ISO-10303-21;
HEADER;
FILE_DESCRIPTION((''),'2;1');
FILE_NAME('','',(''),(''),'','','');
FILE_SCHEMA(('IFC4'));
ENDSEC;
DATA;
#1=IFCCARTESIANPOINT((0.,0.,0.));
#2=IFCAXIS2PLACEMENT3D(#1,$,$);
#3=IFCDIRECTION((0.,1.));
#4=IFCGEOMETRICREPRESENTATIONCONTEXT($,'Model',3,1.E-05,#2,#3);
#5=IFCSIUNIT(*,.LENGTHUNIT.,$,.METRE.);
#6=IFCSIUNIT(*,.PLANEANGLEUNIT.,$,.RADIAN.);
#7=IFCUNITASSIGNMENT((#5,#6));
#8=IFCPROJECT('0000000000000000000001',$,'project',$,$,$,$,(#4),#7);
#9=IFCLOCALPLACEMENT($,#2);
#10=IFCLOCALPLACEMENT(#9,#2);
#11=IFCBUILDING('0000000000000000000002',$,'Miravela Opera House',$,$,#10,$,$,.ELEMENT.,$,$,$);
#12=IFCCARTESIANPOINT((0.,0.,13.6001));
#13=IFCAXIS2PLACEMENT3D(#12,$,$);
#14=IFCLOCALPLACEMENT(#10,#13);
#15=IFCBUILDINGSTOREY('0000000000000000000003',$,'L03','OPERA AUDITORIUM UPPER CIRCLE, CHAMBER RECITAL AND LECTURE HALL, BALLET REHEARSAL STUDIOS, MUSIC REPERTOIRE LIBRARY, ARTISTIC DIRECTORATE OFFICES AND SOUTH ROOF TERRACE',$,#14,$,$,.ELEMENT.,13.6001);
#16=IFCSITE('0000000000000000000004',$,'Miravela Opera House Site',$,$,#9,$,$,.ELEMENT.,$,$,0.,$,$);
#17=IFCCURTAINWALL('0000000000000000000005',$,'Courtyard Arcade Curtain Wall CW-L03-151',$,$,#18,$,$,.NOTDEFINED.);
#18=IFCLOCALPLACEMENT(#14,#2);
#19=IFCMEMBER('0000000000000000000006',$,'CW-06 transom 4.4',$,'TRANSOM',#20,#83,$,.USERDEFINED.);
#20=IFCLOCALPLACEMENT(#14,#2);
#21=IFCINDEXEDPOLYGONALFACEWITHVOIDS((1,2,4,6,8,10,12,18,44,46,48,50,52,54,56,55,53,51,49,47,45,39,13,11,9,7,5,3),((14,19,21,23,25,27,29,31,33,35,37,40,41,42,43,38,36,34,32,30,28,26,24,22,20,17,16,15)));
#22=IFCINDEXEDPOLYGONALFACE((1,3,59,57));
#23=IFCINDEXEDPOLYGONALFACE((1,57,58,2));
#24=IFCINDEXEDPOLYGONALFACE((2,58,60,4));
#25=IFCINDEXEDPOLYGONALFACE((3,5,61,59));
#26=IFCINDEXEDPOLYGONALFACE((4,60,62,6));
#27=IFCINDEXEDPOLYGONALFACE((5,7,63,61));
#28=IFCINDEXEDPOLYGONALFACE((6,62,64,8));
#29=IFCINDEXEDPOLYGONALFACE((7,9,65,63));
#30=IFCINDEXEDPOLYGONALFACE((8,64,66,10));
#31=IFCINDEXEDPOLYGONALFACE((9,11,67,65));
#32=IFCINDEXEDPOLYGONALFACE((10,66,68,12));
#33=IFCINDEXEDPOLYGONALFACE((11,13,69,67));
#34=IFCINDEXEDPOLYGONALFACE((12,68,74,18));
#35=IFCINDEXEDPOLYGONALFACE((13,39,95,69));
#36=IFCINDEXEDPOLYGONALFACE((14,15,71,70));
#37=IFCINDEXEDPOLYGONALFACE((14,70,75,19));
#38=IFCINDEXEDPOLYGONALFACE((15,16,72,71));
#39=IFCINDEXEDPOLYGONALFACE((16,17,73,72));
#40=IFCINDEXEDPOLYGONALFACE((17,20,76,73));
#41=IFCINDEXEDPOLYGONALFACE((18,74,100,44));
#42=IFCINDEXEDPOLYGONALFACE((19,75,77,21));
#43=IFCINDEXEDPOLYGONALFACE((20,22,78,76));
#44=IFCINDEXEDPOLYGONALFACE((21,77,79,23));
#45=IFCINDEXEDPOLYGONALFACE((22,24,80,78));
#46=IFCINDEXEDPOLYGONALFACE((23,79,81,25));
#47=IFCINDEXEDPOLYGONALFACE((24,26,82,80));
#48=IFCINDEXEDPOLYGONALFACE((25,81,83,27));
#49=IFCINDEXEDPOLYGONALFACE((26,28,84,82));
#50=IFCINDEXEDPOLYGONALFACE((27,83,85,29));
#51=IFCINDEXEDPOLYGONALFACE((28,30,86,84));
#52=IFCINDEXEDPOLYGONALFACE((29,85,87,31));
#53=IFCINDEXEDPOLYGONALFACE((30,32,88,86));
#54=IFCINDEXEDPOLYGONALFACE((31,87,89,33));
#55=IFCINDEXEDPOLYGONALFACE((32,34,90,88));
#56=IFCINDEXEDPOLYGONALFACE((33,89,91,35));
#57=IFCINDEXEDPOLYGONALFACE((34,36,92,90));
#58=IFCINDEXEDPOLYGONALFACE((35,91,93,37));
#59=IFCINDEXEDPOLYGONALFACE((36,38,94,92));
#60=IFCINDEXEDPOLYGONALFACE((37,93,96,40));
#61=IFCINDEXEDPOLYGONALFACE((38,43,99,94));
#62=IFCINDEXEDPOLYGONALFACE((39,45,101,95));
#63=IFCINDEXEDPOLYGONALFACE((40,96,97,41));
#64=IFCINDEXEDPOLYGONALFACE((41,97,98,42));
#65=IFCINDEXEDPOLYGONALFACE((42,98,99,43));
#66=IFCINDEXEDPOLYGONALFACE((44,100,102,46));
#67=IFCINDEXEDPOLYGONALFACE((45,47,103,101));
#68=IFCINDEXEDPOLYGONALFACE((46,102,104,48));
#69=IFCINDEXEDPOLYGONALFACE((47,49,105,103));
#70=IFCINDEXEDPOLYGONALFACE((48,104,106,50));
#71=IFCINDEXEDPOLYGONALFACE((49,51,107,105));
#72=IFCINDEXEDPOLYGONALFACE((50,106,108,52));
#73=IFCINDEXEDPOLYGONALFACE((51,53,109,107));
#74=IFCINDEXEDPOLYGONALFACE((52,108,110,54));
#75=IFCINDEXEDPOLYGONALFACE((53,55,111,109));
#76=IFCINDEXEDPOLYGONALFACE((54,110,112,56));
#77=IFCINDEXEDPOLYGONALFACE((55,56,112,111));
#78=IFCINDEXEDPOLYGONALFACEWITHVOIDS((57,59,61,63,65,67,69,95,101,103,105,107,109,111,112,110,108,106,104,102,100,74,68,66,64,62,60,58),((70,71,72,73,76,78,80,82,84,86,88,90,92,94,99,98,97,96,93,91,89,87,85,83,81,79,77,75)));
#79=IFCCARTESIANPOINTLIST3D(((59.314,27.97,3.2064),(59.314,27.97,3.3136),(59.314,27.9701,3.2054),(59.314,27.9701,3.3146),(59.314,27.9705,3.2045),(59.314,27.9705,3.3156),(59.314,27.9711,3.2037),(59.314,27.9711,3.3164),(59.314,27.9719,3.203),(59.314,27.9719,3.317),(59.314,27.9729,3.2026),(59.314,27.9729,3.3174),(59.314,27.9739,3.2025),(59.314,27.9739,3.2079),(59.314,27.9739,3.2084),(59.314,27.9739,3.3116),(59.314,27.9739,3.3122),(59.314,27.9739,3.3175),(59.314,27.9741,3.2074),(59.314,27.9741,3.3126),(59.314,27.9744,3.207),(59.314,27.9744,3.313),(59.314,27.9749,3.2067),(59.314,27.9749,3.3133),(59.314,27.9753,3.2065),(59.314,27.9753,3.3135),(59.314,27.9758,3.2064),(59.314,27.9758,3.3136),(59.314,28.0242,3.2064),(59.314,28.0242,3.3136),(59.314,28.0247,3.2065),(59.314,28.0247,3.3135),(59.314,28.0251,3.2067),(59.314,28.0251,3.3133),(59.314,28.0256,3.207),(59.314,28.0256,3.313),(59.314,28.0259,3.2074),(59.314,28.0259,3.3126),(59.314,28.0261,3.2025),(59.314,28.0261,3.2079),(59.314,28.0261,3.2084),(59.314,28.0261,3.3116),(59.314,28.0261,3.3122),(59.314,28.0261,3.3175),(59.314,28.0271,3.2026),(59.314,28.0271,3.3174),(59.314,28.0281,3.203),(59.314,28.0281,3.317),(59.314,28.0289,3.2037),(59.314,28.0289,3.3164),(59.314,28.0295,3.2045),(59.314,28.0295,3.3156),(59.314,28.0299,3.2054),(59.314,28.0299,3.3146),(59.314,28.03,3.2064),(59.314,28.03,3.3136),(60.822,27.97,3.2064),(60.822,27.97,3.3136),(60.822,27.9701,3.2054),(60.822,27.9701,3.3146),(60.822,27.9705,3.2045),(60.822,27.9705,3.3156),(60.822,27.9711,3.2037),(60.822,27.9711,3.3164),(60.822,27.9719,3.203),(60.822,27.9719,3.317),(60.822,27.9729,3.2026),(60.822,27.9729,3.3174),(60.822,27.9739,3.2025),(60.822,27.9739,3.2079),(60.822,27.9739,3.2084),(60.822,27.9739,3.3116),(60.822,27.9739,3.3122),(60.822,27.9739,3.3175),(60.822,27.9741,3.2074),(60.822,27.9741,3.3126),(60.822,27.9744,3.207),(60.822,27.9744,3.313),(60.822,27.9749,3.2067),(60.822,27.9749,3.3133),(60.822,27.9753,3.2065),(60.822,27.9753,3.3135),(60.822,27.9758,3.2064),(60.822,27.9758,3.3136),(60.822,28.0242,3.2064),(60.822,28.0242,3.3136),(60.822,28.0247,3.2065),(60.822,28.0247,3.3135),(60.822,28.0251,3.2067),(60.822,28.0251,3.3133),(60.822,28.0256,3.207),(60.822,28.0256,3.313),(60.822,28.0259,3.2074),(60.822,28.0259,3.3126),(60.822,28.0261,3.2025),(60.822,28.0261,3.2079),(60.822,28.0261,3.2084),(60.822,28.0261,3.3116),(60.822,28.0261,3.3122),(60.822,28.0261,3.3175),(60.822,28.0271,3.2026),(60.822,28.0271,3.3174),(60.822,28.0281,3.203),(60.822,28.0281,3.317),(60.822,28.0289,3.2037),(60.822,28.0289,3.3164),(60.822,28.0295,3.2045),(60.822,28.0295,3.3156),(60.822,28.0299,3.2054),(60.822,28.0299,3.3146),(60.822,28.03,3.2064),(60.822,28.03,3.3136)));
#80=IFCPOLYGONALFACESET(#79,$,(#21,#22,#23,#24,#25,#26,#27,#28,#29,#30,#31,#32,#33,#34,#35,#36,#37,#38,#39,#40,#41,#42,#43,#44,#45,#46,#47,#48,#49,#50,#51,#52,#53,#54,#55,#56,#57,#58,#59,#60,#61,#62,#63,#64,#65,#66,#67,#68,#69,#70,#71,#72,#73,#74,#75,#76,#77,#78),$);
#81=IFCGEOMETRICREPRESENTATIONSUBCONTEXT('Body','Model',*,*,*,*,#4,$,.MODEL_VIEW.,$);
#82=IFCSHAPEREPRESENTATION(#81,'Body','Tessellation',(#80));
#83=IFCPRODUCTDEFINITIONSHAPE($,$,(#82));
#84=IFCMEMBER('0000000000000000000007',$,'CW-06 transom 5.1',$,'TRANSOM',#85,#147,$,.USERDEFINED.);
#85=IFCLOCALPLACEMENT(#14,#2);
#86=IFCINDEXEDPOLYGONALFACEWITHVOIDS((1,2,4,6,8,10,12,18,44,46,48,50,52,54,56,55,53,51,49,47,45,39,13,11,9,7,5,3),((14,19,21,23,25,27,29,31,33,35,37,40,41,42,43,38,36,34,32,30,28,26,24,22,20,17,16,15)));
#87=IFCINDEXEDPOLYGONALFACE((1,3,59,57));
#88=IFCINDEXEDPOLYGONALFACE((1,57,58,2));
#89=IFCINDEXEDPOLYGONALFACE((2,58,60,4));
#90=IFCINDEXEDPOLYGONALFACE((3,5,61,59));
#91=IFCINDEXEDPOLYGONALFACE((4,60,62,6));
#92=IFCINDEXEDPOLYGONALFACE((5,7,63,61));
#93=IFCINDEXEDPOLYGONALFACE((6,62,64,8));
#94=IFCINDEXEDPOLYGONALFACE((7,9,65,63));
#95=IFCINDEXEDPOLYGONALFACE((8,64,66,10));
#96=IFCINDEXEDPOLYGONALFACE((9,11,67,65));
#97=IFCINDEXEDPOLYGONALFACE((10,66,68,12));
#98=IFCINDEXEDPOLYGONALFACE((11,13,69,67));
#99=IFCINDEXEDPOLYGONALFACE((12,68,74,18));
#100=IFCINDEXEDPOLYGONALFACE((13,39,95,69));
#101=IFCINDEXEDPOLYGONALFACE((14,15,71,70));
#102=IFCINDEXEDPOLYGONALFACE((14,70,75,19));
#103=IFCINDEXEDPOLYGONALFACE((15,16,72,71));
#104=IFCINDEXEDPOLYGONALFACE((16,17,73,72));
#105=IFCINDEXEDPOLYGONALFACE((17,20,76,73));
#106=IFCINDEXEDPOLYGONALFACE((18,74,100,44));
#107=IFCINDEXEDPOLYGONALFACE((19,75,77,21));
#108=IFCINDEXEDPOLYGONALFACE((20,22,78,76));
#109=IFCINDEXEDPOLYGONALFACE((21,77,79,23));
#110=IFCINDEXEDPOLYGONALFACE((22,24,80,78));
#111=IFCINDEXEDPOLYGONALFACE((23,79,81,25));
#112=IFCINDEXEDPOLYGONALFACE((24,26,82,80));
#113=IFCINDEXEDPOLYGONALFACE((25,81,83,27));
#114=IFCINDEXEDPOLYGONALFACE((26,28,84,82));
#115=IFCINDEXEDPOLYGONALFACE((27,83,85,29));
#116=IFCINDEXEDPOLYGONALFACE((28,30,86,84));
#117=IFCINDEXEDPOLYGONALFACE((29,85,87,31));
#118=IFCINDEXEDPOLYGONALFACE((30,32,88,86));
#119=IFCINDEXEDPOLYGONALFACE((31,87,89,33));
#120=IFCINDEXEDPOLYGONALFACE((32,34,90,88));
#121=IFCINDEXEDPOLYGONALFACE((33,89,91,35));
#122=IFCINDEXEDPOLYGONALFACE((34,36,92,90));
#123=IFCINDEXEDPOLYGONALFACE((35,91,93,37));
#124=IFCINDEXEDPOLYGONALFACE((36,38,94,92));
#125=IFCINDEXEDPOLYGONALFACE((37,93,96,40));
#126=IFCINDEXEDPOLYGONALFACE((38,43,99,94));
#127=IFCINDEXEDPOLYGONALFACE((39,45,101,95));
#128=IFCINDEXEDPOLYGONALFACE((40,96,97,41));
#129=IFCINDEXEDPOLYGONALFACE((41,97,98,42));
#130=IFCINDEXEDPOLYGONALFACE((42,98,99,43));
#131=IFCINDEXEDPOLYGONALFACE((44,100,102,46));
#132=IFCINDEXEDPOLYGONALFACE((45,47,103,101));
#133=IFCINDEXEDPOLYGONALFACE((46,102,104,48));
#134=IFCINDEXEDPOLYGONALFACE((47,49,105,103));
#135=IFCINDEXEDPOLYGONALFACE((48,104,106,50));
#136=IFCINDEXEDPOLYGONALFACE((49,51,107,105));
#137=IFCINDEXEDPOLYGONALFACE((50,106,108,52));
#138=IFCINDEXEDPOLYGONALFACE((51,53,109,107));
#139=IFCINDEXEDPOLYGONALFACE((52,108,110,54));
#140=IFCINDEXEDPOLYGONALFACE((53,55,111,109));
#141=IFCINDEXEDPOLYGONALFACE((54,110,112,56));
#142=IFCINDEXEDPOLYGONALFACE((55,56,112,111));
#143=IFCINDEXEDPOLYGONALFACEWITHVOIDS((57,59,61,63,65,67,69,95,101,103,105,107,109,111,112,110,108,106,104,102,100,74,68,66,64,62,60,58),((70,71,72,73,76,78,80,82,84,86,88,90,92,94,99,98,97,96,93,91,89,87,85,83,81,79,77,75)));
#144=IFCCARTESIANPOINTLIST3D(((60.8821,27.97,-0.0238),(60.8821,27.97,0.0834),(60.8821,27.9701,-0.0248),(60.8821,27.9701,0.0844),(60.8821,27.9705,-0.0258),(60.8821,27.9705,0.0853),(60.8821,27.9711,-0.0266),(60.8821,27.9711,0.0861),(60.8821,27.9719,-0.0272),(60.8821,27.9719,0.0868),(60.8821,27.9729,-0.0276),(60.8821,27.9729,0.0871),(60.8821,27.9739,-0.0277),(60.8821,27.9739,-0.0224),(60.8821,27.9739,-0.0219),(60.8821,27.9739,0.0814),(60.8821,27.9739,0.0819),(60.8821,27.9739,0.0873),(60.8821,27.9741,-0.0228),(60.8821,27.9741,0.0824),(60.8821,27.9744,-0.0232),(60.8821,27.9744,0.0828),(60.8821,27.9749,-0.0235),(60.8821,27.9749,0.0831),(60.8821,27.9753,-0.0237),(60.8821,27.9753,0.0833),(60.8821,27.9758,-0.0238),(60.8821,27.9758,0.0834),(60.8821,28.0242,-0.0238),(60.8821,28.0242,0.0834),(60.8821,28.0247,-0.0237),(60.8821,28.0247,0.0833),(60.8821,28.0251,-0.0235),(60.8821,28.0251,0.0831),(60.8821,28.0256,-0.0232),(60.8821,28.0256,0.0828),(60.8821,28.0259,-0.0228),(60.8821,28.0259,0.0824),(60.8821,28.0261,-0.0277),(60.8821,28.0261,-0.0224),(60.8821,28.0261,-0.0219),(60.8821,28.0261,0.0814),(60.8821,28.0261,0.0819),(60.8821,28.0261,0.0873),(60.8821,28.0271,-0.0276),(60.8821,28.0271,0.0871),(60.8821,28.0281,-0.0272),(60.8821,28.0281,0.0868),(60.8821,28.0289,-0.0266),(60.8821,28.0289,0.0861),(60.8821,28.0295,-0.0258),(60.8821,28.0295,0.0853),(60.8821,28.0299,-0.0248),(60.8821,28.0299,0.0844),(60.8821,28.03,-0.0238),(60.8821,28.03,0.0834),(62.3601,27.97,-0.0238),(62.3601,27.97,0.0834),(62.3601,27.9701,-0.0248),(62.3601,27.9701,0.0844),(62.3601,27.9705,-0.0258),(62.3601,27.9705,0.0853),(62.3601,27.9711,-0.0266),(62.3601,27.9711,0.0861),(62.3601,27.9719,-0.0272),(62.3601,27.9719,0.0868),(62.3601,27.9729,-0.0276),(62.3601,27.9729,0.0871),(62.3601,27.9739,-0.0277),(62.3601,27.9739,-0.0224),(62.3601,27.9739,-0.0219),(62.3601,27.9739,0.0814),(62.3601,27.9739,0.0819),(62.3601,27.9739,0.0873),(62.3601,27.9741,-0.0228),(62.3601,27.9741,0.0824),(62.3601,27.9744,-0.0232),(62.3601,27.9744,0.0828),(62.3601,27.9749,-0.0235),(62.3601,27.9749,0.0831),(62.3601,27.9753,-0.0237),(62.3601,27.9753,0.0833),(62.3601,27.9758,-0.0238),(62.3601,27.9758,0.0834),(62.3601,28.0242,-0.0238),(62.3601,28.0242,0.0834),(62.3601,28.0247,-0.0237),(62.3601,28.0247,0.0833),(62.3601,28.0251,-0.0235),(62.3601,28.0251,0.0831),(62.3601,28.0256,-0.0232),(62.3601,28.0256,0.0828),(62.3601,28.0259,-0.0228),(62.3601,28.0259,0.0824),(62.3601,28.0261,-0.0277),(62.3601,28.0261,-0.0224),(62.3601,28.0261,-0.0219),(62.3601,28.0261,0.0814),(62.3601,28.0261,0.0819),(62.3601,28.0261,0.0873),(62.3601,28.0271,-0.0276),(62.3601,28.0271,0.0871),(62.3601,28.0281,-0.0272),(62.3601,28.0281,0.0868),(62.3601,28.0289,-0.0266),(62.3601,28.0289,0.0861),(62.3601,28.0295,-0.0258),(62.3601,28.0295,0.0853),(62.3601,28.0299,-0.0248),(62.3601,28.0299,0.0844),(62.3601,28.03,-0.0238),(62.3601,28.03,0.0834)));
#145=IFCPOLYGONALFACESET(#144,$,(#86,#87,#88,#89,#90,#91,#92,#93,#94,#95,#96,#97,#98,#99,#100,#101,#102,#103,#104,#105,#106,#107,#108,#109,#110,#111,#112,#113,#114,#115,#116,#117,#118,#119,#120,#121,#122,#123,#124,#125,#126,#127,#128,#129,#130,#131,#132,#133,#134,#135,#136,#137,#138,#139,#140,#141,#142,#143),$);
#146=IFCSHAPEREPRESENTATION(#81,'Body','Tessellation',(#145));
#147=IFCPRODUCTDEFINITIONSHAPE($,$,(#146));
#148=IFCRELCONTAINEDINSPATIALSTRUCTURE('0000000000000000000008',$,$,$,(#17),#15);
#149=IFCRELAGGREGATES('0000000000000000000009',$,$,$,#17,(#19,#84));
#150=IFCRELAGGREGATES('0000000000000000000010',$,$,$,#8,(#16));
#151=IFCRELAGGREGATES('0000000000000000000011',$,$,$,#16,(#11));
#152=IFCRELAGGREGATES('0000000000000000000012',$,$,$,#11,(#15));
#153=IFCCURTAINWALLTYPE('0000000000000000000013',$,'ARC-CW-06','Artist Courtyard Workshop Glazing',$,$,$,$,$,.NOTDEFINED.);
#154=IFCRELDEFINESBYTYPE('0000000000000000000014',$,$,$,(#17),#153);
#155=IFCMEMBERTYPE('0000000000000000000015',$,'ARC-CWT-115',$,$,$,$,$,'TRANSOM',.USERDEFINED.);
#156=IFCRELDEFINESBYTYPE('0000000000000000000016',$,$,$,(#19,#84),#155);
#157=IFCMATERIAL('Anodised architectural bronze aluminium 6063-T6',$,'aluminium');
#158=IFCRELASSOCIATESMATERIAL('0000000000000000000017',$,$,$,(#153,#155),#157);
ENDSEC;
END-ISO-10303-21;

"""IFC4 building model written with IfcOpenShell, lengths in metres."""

from ifc_helpers import new_model, si_unit, direction, frame, origin, origin_2d, place, context, subcontext, project, spatial, hollow_rectangle, extrude, material, material_profile, profile_set, type_object, element, aggregate, save


model = new_model("IFC4")

# Units and contexts
model_context = context("Model", 3, precision=1e-05, world=origin(), true_north=direction((0.0, 1.0)))
body_context = subcontext(model_context, "Body", "Model", "MODEL_VIEW")
ifc_project = project(units=[si_unit("LENGTHUNIT", "METRE"), si_unit("PLANEANGLEUNIT", "RADIAN")], contexts=[model_context])

# Site, building, storey
site_placement = place(None, origin())
site = spatial("IfcSite", under=ifc_project, at=site_placement, Name="Miravela Opera House Site", CompositionType="ELEMENT", RefElevation=0.0)
building_placement = place(site_placement, origin())
building = spatial("IfcBuilding", under=site, at=building_placement, Name="Miravela Opera House", CompositionType="ELEMENT")
storey_placement = place(building_placement, frame((0.0, 0.0, 13.6001)))
storey = spatial("IfcBuildingStorey", under=building, at=storey_placement, Name="L03", Description="OPERA AUDITORIUM UPPER CIRCLE, CHAMBER RECITAL AND LECTURE HALL, BALLET REHEARSAL STUDIOS, MUSIC REPERTOIRE LIBRARY, ARTISTIC DIRECTORATE OFFICES AND SOUTH ROOF TERRACE", CompositionType="ELEMENT", Elevation=13.6001)

# Curtain wall, members
ifc_material_1 = material(Name="Anodised architectural bronze aluminium 6063-T6", Category="aluminium")
curtain_wall_type = type_object("IfcCurtainWallType", Name="ARC-CW-06", Description="Artist Courtyard Workshop Glazing", PredefinedType="NOTDEFINED", material=ifc_material_1)
curtain_wall_placement = place(storey_placement, origin())
curtain_wall = element("IfcCurtainWall", 1, at=curtain_wall_placement, inside=storey, type_object=curtain_wall_type, Name="Courtyard Arcade Curtain Wall CW-L03-151", PredefinedType="NOTDEFINED")
ifc_material_profile_1 = material_profile(ifc_material_1, hollow_rectangle(XDim=0.0601, YDim=0.115, WallThickness=0.0039, InnerFilletRadius=0.002, OuterFilletRadius=0.0039, at=origin_2d()), Name="CWT-60X115")
ifc_profile_set_1 = profile_set([ifc_material_profile_1])
member_type_1 = type_object("IfcMemberType", Name="ARC-CWT-115", ElementType="TRANSOM", PredefinedType="USERDEFINED", material=ifc_profile_set_1)
member_1_placement = place(storey_placement, frame((59.314, 28.0, 3.26), z_axis=(1.0, 0.0, 0.0), x_axis=(0.0, 1.0, 0.0)))
member_1 = element("IfcMember", 2, at=member_1_placement, type_object=member_type_1, Name="CW-06 transom 4.4", ObjectType="TRANSOM", PredefinedType="USERDEFINED", context=body_context, shape_type="SweptSolid", body=[
    extrude(hollow_rectangle(XDim=0.0601, YDim=0.115, WallThickness=0.0039, InnerFilletRadius=0.002, OuterFilletRadius=0.0039, at=origin_2d()), origin(), (0.0, 0.0, 1.0), 1.5081),
])
member_2_placement = place(storey_placement, frame((60.8821, 28.0, 0.0298), z_axis=(1.0, 0.0, 0.0), x_axis=(0.0, 1.0, 0.0)))
member_2 = element("IfcMember", 3, at=member_2_placement, type_object=member_type_1, Name="CW-06 transom 5.1", ObjectType="TRANSOM", PredefinedType="USERDEFINED", context=body_context, shape_type="SweptSolid", body=[
    extrude(hollow_rectangle(XDim=0.0601, YDim=0.115, WallThickness=0.0039, InnerFilletRadius=0.002, OuterFilletRadius=0.0039, at=origin_2d()), origin(), (0.0, 0.0, 1.0), 1.478),
])
aggregate(curtain_wall, [member_1, member_2])

save(model, "model.ifc")
